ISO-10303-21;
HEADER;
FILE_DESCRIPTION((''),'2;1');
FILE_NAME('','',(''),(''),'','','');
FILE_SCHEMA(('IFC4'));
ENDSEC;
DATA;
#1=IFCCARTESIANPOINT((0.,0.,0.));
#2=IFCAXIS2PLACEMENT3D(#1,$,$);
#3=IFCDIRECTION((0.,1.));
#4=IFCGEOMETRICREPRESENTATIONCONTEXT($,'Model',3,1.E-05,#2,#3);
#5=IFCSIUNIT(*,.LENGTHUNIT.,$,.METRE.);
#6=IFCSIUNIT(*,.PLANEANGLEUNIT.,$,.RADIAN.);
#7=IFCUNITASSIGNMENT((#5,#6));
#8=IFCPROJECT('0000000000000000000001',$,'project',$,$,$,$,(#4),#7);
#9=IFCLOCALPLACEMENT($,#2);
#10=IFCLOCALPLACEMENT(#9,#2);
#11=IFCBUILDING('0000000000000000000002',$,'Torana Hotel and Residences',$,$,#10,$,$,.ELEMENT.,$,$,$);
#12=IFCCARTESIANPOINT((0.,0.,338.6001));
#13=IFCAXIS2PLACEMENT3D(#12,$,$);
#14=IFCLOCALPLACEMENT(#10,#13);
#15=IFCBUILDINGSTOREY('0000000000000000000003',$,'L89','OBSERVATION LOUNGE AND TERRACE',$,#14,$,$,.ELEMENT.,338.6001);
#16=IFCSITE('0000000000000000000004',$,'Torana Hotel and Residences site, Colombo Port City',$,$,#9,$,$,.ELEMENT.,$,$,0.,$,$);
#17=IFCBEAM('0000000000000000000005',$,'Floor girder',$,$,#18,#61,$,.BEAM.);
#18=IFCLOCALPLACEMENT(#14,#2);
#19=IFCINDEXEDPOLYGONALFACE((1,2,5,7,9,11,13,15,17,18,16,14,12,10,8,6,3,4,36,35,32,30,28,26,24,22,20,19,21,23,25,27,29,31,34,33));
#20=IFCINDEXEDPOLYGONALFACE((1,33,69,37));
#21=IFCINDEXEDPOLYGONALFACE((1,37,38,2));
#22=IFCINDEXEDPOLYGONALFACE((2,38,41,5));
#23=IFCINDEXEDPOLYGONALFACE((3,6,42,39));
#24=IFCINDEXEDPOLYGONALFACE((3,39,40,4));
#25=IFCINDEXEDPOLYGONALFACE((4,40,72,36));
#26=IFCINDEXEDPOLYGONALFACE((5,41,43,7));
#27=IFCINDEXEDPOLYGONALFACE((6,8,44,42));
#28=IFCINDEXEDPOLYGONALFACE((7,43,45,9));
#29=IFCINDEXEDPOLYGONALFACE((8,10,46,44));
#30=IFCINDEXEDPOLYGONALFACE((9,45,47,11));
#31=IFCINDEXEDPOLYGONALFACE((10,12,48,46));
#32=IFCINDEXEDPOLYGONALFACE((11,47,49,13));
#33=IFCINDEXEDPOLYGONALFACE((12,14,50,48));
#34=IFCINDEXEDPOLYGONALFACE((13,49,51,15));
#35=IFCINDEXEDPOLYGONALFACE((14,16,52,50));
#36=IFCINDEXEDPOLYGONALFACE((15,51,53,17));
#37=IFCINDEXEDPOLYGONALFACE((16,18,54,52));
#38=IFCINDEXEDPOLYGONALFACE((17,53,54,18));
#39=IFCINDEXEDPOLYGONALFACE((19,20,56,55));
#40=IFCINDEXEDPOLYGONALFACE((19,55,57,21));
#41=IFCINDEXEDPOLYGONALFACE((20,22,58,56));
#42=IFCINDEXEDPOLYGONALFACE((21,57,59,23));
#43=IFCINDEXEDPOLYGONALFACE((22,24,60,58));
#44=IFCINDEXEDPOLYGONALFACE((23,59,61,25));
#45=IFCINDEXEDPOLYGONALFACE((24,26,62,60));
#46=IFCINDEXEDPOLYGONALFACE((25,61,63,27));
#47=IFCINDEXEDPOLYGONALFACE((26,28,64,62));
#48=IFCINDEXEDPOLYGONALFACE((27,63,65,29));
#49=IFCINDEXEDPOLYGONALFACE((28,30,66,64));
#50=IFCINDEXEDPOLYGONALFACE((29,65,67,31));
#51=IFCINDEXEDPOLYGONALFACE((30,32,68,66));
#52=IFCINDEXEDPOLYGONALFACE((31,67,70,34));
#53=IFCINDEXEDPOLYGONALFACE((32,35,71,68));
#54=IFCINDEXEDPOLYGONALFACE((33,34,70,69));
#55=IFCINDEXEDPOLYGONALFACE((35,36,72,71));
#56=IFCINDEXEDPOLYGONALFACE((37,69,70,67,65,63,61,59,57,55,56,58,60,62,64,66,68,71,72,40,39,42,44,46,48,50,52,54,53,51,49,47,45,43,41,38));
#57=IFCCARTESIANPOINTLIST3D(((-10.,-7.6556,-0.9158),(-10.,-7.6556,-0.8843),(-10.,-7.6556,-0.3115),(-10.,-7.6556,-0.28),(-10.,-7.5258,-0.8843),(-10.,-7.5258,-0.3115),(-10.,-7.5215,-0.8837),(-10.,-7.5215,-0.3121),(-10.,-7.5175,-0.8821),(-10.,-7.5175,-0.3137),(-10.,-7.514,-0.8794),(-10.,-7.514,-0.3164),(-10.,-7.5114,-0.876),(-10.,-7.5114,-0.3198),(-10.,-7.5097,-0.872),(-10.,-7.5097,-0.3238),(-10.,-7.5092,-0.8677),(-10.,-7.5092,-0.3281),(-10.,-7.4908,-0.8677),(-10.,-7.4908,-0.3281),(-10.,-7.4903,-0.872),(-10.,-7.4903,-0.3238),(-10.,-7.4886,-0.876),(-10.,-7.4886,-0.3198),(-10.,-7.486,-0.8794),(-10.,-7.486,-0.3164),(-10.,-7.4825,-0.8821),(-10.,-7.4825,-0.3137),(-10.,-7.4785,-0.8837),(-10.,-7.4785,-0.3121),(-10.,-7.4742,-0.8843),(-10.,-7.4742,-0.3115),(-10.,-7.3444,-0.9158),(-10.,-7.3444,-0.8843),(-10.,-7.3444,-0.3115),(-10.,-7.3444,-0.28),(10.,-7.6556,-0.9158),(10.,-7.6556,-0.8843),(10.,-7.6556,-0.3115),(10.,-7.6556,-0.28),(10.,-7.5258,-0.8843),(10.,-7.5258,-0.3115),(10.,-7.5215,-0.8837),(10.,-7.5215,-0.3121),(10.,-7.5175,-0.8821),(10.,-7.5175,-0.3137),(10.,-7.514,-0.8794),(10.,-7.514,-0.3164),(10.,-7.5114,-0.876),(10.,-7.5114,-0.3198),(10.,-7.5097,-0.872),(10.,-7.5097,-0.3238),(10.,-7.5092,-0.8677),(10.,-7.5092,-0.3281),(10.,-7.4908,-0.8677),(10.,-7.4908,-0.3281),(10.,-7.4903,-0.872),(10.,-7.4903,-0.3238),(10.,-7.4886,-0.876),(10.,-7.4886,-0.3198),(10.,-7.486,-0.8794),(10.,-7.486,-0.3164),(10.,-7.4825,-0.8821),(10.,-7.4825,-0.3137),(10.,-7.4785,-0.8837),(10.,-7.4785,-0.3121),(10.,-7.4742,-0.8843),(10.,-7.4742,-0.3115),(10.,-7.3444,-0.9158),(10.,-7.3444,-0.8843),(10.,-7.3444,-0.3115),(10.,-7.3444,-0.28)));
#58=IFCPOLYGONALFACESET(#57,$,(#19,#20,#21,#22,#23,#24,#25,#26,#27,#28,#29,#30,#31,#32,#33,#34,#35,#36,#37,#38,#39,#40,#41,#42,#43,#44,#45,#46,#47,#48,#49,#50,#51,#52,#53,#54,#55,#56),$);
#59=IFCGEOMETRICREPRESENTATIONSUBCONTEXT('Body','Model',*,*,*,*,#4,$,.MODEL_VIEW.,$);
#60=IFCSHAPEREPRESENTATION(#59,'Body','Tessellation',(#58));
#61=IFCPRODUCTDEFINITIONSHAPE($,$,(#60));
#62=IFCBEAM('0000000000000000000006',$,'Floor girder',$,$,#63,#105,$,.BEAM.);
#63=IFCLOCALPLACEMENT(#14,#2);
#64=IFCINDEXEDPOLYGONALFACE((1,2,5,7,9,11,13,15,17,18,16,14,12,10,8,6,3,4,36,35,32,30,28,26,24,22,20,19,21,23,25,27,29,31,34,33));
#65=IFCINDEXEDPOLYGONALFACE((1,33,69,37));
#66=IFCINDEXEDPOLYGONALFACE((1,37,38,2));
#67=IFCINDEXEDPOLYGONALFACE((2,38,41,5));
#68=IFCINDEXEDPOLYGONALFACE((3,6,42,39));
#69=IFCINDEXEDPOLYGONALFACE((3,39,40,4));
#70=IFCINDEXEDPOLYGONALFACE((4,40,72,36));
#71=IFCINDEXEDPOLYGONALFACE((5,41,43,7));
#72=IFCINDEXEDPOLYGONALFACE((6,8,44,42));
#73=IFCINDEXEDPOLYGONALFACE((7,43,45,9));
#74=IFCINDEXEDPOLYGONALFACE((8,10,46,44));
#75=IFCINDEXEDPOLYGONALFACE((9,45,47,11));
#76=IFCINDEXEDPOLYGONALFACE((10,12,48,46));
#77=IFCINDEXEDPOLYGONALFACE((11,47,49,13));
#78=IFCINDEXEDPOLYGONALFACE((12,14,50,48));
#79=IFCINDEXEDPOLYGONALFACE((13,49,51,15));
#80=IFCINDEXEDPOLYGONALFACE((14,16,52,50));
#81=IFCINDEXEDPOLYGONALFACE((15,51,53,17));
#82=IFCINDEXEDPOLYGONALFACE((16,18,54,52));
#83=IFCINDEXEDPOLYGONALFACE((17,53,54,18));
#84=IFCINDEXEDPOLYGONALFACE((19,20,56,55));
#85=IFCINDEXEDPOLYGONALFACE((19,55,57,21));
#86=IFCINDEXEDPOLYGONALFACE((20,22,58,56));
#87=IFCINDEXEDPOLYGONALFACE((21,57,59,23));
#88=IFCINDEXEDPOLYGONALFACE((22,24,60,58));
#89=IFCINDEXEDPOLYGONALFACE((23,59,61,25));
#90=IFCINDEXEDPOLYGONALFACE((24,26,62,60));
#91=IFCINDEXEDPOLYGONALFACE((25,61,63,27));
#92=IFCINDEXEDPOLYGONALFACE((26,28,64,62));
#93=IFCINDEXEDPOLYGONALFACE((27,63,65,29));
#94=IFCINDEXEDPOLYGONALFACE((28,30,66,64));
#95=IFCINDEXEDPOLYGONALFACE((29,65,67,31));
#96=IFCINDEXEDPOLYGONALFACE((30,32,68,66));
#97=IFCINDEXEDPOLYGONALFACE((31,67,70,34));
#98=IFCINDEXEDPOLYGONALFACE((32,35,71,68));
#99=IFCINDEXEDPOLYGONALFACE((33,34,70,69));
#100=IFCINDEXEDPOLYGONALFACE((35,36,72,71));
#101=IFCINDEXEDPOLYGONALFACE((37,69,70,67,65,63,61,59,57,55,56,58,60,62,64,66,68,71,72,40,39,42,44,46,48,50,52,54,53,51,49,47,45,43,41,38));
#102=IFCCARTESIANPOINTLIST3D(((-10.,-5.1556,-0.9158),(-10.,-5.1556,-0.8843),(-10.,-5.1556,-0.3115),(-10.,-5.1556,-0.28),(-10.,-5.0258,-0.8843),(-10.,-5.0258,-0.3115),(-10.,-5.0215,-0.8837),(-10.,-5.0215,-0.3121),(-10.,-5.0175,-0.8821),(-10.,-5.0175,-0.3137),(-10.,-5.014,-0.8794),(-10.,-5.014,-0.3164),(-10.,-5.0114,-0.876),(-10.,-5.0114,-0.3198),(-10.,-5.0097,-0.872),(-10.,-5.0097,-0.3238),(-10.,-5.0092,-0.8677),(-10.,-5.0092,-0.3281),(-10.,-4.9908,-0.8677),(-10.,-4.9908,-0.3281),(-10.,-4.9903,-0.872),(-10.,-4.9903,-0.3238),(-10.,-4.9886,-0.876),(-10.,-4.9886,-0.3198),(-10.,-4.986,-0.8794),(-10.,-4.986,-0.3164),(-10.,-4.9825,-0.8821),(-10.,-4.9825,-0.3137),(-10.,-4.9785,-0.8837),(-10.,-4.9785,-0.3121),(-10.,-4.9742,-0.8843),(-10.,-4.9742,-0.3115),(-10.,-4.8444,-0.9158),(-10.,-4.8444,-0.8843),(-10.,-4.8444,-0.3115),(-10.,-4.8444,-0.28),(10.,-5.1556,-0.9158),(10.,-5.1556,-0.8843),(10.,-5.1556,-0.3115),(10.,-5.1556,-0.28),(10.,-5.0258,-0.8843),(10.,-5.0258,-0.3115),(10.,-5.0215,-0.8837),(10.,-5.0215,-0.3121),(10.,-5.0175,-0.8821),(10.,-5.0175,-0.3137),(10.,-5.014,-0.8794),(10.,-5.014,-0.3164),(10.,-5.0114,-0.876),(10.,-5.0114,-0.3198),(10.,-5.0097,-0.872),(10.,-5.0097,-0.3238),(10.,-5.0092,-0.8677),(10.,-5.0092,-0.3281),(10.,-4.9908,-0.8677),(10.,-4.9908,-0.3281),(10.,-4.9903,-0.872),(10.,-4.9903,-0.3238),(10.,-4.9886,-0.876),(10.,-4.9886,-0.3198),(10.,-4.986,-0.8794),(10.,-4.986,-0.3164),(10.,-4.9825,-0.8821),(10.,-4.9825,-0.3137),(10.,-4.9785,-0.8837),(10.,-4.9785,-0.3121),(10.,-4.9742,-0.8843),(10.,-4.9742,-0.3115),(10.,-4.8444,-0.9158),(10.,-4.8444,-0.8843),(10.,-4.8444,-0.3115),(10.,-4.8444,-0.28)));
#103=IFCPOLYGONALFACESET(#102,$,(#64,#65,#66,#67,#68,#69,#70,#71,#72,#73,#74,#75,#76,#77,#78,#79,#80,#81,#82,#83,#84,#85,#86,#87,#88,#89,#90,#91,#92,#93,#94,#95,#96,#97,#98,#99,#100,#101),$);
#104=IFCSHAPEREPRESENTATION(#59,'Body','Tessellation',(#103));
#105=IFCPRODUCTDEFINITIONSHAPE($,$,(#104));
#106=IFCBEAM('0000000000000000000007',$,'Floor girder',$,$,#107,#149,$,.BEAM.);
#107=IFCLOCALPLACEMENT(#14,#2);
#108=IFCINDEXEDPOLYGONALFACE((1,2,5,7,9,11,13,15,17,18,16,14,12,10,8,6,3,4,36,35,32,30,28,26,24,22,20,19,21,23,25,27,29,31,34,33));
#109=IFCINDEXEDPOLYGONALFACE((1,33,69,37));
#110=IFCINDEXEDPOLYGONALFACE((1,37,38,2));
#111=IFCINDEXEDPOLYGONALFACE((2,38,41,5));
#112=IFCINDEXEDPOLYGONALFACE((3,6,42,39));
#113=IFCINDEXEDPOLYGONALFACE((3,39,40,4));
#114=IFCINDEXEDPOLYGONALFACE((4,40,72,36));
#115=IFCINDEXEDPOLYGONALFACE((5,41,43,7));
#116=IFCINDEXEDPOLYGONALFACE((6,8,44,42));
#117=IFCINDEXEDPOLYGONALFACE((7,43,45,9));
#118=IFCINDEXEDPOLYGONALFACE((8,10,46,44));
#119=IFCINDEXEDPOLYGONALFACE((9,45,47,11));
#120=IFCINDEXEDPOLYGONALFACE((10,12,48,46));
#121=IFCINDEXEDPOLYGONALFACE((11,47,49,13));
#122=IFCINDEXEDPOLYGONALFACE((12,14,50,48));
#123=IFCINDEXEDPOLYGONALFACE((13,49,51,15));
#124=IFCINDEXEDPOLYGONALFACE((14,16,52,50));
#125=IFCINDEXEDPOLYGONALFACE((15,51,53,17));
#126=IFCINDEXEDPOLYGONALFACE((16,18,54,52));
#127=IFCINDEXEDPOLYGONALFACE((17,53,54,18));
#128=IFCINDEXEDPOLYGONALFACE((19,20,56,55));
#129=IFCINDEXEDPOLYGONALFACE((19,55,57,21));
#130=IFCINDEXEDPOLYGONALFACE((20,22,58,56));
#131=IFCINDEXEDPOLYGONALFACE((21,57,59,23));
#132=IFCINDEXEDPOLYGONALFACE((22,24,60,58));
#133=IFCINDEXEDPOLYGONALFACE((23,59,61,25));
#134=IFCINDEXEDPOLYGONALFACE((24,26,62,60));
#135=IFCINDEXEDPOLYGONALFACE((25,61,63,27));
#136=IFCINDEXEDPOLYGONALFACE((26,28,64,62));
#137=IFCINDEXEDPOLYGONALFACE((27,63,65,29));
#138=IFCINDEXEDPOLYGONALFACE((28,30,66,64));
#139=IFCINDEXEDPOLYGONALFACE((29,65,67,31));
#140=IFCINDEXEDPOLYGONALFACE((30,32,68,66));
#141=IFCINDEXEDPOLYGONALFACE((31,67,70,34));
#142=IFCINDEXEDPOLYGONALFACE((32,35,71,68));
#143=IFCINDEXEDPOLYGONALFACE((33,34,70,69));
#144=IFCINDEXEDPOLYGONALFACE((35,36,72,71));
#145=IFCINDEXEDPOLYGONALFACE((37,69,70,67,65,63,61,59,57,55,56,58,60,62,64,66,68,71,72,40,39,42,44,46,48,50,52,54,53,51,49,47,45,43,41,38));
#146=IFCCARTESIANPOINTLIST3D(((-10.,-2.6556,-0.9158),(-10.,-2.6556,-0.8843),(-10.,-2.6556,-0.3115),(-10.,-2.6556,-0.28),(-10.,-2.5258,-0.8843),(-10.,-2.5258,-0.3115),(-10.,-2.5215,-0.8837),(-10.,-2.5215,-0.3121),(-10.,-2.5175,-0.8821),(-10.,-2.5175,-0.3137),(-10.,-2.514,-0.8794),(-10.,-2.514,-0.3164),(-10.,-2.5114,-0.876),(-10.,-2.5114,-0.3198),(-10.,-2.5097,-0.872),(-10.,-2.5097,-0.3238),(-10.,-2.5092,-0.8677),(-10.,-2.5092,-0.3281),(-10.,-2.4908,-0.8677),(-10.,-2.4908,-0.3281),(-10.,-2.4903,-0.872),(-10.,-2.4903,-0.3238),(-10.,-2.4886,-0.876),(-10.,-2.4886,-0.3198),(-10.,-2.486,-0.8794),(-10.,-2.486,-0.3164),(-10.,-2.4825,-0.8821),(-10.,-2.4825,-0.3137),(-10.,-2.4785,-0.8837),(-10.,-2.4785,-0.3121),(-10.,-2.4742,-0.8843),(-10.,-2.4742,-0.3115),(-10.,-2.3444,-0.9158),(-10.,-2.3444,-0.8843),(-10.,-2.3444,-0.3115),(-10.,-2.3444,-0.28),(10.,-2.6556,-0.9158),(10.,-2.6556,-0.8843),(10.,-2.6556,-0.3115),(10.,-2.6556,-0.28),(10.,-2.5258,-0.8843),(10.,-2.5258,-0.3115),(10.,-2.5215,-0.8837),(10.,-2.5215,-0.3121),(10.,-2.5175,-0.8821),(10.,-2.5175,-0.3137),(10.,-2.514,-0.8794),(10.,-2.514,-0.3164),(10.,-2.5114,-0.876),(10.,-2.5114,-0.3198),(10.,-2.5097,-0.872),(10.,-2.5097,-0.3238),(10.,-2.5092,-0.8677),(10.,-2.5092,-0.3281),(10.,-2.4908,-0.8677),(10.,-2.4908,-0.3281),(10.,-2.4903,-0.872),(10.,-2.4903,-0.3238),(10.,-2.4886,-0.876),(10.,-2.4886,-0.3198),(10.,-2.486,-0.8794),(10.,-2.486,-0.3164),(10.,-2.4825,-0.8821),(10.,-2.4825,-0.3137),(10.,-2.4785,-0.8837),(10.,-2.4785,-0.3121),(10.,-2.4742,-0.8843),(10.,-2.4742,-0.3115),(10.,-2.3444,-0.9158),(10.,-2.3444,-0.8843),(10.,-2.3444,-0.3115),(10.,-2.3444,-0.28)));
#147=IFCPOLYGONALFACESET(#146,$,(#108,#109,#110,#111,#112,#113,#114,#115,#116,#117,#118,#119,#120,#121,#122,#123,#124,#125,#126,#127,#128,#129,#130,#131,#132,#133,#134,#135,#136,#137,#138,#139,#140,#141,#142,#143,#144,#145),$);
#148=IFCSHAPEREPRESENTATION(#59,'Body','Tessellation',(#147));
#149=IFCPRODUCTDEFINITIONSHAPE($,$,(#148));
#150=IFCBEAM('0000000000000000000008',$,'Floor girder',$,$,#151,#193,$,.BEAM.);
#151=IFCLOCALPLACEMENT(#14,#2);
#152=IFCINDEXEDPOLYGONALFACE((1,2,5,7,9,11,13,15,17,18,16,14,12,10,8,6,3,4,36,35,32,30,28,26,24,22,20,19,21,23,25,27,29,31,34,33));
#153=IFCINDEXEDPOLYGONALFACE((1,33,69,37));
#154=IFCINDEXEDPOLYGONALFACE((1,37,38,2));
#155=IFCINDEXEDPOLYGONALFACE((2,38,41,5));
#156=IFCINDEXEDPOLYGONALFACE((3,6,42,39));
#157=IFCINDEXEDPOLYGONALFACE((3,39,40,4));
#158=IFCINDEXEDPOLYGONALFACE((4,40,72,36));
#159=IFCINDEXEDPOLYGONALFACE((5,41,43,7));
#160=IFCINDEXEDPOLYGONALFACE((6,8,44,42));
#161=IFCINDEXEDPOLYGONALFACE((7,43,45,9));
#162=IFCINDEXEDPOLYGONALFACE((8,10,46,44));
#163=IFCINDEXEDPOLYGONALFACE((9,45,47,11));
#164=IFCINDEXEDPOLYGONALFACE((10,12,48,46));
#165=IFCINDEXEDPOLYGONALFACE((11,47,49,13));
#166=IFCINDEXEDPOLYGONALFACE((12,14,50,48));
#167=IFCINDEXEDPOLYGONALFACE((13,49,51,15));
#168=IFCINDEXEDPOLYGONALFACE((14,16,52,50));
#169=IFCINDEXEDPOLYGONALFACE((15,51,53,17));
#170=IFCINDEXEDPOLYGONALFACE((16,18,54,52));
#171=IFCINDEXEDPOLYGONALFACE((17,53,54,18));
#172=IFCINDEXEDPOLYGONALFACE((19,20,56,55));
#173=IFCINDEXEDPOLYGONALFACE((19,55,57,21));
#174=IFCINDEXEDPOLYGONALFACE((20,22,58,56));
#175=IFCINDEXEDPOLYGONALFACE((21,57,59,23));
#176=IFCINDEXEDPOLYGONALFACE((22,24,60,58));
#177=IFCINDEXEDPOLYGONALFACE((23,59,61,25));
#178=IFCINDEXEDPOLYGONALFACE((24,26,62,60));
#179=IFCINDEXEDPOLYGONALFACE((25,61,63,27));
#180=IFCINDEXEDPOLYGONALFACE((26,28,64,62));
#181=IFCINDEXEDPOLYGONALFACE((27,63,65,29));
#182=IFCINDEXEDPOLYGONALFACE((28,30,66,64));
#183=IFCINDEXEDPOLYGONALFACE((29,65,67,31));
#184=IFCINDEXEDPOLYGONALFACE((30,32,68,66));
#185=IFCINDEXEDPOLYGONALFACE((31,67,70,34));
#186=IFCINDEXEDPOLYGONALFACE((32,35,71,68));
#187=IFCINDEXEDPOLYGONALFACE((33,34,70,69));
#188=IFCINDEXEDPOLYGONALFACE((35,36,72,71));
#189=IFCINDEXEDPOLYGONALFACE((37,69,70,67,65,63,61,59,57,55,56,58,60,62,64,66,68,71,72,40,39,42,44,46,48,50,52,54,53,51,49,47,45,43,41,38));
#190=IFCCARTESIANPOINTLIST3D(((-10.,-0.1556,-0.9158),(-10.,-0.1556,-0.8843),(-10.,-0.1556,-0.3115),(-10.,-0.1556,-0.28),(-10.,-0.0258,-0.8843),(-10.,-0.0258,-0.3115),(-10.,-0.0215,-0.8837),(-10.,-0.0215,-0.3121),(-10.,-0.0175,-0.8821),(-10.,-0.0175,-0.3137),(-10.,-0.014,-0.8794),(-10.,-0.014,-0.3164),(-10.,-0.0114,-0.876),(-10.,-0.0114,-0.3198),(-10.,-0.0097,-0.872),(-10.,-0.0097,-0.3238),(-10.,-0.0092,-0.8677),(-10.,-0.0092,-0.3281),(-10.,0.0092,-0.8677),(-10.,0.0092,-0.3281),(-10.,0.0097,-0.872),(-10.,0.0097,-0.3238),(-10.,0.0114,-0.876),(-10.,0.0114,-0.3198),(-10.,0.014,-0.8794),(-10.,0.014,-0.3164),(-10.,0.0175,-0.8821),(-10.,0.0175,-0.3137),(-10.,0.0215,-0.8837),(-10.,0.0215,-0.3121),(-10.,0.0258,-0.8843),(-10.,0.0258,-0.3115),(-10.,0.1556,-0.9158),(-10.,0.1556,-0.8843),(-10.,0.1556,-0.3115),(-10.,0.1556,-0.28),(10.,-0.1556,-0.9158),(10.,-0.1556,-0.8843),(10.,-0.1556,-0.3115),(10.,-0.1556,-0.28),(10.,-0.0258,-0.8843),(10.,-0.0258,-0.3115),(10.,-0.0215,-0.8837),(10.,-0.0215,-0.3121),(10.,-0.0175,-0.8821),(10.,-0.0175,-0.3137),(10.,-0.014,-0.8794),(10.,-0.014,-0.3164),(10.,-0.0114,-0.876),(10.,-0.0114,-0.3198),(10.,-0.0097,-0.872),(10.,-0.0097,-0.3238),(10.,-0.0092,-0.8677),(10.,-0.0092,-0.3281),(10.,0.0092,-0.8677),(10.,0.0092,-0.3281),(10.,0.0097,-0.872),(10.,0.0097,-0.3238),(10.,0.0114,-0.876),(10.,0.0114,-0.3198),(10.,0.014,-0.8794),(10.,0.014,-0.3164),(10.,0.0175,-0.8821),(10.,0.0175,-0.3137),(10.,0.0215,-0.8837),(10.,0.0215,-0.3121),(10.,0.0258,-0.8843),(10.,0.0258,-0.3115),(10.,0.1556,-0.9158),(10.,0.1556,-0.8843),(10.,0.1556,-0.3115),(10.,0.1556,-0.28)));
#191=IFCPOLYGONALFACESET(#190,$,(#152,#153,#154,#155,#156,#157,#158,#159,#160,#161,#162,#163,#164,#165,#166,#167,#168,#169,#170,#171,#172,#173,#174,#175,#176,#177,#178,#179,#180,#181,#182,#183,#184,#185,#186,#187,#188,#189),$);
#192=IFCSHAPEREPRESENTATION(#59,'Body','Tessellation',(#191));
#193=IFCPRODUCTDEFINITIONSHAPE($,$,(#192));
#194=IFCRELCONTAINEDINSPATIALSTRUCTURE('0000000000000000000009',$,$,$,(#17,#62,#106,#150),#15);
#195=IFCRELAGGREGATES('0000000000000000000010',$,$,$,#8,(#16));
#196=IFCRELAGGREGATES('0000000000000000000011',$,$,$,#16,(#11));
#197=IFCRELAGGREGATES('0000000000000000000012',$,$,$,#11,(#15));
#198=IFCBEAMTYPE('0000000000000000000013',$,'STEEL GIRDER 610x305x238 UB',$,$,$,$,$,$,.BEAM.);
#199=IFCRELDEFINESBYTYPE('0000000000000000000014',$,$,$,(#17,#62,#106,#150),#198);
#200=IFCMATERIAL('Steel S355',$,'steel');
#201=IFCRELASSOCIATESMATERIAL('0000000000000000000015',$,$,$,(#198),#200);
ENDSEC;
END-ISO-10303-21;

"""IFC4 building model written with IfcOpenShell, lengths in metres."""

from ifc_helpers import new_model, si_unit, direction, frame, origin, origin_2d, place, context, subcontext, project, spatial, i_section, extrude, material, material_profile, profile_set, type_object, element, save


model = new_model("IFC4")

# Units and contexts
model_context = context("Model", 3, precision=1e-05, world=origin(), true_north=direction((0.0, 1.0)))
body_context = subcontext(model_context, "Body", "Model", "MODEL_VIEW")
ifc_project = project(units=[si_unit("LENGTHUNIT", "METRE"), si_unit("PLANEANGLEUNIT", "RADIAN")], contexts=[model_context])

# Site, building, storey
site_placement = place(None, origin())
site = spatial("IfcSite", under=ifc_project, at=site_placement, Name="Torana Hotel and Residences site, Colombo Port City", CompositionType="ELEMENT", RefElevation=0.0)
building_placement = place(site_placement, origin())
building = spatial("IfcBuilding", under=site, at=building_placement, Name="Torana Hotel and Residences", CompositionType="ELEMENT")
storey_placement = place(building_placement, frame((0.0, 0.0, 338.6001)))
storey = spatial("IfcBuildingStorey", under=building, at=storey_placement, Name="L89", Description="OBSERVATION LOUNGE AND TERRACE", CompositionType="ELEMENT", Elevation=338.6001)

# Beams
ifc_material_1 = material(Name="Steel S355", Category="steel")
ifc_material_profile = material_profile(ifc_material_1, i_section(OverallWidth=0.3113, OverallDepth=0.6357, WebThickness=0.0183, FlangeThickness=0.0315, FilletRadius=0.0166, at=origin_2d()), Name="610x305x238 UB")
ifc_profile_set = profile_set([ifc_material_profile], Name="Steel S355")
beam_type = type_object("IfcBeamType", Name="STEEL GIRDER 610x305x238 UB", PredefinedType="BEAM", material=ifc_profile_set)
for number, where, z_axis, x_axis, name in (
    (1, (-10.0, -7.5, -0.5979), (1.0, 0.0, 0.0), (0.0, 1.0, 0.0), "Floor girder"),
    (2, (-10.0, -5.0, -0.5979), (1.0, 0.0, 0.0), (0.0, 1.0, 0.0), "Floor girder"),
    (3, (-10.0, -2.5, -0.5979), (1.0, 0.0, 0.0), (0.0, 1.0, 0.0), "Floor girder"),
    (4, (-10.0, 0.0, -0.5979), (1.0, 0.0, 0.0), (0.0, 1.0, 0.0), "Floor girder"),
):
    element("IfcBeam", number, at=place(storey_placement, frame(where, z_axis=z_axis, x_axis=x_axis)), inside=storey, type_object=beam_type, Name=name, PredefinedType="BEAM", context=body_context, shape_type="SweptSolid", body=[
        extrude(i_section(OverallWidth=0.3113, OverallDepth=0.6357, WebThickness=0.0183, FlangeThickness=0.0315, FilletRadius=0.0166, at=origin_2d()), origin(), (0.0, 0.0, 1.0), 20.0),
    ])

save(model, "model.ifc")
